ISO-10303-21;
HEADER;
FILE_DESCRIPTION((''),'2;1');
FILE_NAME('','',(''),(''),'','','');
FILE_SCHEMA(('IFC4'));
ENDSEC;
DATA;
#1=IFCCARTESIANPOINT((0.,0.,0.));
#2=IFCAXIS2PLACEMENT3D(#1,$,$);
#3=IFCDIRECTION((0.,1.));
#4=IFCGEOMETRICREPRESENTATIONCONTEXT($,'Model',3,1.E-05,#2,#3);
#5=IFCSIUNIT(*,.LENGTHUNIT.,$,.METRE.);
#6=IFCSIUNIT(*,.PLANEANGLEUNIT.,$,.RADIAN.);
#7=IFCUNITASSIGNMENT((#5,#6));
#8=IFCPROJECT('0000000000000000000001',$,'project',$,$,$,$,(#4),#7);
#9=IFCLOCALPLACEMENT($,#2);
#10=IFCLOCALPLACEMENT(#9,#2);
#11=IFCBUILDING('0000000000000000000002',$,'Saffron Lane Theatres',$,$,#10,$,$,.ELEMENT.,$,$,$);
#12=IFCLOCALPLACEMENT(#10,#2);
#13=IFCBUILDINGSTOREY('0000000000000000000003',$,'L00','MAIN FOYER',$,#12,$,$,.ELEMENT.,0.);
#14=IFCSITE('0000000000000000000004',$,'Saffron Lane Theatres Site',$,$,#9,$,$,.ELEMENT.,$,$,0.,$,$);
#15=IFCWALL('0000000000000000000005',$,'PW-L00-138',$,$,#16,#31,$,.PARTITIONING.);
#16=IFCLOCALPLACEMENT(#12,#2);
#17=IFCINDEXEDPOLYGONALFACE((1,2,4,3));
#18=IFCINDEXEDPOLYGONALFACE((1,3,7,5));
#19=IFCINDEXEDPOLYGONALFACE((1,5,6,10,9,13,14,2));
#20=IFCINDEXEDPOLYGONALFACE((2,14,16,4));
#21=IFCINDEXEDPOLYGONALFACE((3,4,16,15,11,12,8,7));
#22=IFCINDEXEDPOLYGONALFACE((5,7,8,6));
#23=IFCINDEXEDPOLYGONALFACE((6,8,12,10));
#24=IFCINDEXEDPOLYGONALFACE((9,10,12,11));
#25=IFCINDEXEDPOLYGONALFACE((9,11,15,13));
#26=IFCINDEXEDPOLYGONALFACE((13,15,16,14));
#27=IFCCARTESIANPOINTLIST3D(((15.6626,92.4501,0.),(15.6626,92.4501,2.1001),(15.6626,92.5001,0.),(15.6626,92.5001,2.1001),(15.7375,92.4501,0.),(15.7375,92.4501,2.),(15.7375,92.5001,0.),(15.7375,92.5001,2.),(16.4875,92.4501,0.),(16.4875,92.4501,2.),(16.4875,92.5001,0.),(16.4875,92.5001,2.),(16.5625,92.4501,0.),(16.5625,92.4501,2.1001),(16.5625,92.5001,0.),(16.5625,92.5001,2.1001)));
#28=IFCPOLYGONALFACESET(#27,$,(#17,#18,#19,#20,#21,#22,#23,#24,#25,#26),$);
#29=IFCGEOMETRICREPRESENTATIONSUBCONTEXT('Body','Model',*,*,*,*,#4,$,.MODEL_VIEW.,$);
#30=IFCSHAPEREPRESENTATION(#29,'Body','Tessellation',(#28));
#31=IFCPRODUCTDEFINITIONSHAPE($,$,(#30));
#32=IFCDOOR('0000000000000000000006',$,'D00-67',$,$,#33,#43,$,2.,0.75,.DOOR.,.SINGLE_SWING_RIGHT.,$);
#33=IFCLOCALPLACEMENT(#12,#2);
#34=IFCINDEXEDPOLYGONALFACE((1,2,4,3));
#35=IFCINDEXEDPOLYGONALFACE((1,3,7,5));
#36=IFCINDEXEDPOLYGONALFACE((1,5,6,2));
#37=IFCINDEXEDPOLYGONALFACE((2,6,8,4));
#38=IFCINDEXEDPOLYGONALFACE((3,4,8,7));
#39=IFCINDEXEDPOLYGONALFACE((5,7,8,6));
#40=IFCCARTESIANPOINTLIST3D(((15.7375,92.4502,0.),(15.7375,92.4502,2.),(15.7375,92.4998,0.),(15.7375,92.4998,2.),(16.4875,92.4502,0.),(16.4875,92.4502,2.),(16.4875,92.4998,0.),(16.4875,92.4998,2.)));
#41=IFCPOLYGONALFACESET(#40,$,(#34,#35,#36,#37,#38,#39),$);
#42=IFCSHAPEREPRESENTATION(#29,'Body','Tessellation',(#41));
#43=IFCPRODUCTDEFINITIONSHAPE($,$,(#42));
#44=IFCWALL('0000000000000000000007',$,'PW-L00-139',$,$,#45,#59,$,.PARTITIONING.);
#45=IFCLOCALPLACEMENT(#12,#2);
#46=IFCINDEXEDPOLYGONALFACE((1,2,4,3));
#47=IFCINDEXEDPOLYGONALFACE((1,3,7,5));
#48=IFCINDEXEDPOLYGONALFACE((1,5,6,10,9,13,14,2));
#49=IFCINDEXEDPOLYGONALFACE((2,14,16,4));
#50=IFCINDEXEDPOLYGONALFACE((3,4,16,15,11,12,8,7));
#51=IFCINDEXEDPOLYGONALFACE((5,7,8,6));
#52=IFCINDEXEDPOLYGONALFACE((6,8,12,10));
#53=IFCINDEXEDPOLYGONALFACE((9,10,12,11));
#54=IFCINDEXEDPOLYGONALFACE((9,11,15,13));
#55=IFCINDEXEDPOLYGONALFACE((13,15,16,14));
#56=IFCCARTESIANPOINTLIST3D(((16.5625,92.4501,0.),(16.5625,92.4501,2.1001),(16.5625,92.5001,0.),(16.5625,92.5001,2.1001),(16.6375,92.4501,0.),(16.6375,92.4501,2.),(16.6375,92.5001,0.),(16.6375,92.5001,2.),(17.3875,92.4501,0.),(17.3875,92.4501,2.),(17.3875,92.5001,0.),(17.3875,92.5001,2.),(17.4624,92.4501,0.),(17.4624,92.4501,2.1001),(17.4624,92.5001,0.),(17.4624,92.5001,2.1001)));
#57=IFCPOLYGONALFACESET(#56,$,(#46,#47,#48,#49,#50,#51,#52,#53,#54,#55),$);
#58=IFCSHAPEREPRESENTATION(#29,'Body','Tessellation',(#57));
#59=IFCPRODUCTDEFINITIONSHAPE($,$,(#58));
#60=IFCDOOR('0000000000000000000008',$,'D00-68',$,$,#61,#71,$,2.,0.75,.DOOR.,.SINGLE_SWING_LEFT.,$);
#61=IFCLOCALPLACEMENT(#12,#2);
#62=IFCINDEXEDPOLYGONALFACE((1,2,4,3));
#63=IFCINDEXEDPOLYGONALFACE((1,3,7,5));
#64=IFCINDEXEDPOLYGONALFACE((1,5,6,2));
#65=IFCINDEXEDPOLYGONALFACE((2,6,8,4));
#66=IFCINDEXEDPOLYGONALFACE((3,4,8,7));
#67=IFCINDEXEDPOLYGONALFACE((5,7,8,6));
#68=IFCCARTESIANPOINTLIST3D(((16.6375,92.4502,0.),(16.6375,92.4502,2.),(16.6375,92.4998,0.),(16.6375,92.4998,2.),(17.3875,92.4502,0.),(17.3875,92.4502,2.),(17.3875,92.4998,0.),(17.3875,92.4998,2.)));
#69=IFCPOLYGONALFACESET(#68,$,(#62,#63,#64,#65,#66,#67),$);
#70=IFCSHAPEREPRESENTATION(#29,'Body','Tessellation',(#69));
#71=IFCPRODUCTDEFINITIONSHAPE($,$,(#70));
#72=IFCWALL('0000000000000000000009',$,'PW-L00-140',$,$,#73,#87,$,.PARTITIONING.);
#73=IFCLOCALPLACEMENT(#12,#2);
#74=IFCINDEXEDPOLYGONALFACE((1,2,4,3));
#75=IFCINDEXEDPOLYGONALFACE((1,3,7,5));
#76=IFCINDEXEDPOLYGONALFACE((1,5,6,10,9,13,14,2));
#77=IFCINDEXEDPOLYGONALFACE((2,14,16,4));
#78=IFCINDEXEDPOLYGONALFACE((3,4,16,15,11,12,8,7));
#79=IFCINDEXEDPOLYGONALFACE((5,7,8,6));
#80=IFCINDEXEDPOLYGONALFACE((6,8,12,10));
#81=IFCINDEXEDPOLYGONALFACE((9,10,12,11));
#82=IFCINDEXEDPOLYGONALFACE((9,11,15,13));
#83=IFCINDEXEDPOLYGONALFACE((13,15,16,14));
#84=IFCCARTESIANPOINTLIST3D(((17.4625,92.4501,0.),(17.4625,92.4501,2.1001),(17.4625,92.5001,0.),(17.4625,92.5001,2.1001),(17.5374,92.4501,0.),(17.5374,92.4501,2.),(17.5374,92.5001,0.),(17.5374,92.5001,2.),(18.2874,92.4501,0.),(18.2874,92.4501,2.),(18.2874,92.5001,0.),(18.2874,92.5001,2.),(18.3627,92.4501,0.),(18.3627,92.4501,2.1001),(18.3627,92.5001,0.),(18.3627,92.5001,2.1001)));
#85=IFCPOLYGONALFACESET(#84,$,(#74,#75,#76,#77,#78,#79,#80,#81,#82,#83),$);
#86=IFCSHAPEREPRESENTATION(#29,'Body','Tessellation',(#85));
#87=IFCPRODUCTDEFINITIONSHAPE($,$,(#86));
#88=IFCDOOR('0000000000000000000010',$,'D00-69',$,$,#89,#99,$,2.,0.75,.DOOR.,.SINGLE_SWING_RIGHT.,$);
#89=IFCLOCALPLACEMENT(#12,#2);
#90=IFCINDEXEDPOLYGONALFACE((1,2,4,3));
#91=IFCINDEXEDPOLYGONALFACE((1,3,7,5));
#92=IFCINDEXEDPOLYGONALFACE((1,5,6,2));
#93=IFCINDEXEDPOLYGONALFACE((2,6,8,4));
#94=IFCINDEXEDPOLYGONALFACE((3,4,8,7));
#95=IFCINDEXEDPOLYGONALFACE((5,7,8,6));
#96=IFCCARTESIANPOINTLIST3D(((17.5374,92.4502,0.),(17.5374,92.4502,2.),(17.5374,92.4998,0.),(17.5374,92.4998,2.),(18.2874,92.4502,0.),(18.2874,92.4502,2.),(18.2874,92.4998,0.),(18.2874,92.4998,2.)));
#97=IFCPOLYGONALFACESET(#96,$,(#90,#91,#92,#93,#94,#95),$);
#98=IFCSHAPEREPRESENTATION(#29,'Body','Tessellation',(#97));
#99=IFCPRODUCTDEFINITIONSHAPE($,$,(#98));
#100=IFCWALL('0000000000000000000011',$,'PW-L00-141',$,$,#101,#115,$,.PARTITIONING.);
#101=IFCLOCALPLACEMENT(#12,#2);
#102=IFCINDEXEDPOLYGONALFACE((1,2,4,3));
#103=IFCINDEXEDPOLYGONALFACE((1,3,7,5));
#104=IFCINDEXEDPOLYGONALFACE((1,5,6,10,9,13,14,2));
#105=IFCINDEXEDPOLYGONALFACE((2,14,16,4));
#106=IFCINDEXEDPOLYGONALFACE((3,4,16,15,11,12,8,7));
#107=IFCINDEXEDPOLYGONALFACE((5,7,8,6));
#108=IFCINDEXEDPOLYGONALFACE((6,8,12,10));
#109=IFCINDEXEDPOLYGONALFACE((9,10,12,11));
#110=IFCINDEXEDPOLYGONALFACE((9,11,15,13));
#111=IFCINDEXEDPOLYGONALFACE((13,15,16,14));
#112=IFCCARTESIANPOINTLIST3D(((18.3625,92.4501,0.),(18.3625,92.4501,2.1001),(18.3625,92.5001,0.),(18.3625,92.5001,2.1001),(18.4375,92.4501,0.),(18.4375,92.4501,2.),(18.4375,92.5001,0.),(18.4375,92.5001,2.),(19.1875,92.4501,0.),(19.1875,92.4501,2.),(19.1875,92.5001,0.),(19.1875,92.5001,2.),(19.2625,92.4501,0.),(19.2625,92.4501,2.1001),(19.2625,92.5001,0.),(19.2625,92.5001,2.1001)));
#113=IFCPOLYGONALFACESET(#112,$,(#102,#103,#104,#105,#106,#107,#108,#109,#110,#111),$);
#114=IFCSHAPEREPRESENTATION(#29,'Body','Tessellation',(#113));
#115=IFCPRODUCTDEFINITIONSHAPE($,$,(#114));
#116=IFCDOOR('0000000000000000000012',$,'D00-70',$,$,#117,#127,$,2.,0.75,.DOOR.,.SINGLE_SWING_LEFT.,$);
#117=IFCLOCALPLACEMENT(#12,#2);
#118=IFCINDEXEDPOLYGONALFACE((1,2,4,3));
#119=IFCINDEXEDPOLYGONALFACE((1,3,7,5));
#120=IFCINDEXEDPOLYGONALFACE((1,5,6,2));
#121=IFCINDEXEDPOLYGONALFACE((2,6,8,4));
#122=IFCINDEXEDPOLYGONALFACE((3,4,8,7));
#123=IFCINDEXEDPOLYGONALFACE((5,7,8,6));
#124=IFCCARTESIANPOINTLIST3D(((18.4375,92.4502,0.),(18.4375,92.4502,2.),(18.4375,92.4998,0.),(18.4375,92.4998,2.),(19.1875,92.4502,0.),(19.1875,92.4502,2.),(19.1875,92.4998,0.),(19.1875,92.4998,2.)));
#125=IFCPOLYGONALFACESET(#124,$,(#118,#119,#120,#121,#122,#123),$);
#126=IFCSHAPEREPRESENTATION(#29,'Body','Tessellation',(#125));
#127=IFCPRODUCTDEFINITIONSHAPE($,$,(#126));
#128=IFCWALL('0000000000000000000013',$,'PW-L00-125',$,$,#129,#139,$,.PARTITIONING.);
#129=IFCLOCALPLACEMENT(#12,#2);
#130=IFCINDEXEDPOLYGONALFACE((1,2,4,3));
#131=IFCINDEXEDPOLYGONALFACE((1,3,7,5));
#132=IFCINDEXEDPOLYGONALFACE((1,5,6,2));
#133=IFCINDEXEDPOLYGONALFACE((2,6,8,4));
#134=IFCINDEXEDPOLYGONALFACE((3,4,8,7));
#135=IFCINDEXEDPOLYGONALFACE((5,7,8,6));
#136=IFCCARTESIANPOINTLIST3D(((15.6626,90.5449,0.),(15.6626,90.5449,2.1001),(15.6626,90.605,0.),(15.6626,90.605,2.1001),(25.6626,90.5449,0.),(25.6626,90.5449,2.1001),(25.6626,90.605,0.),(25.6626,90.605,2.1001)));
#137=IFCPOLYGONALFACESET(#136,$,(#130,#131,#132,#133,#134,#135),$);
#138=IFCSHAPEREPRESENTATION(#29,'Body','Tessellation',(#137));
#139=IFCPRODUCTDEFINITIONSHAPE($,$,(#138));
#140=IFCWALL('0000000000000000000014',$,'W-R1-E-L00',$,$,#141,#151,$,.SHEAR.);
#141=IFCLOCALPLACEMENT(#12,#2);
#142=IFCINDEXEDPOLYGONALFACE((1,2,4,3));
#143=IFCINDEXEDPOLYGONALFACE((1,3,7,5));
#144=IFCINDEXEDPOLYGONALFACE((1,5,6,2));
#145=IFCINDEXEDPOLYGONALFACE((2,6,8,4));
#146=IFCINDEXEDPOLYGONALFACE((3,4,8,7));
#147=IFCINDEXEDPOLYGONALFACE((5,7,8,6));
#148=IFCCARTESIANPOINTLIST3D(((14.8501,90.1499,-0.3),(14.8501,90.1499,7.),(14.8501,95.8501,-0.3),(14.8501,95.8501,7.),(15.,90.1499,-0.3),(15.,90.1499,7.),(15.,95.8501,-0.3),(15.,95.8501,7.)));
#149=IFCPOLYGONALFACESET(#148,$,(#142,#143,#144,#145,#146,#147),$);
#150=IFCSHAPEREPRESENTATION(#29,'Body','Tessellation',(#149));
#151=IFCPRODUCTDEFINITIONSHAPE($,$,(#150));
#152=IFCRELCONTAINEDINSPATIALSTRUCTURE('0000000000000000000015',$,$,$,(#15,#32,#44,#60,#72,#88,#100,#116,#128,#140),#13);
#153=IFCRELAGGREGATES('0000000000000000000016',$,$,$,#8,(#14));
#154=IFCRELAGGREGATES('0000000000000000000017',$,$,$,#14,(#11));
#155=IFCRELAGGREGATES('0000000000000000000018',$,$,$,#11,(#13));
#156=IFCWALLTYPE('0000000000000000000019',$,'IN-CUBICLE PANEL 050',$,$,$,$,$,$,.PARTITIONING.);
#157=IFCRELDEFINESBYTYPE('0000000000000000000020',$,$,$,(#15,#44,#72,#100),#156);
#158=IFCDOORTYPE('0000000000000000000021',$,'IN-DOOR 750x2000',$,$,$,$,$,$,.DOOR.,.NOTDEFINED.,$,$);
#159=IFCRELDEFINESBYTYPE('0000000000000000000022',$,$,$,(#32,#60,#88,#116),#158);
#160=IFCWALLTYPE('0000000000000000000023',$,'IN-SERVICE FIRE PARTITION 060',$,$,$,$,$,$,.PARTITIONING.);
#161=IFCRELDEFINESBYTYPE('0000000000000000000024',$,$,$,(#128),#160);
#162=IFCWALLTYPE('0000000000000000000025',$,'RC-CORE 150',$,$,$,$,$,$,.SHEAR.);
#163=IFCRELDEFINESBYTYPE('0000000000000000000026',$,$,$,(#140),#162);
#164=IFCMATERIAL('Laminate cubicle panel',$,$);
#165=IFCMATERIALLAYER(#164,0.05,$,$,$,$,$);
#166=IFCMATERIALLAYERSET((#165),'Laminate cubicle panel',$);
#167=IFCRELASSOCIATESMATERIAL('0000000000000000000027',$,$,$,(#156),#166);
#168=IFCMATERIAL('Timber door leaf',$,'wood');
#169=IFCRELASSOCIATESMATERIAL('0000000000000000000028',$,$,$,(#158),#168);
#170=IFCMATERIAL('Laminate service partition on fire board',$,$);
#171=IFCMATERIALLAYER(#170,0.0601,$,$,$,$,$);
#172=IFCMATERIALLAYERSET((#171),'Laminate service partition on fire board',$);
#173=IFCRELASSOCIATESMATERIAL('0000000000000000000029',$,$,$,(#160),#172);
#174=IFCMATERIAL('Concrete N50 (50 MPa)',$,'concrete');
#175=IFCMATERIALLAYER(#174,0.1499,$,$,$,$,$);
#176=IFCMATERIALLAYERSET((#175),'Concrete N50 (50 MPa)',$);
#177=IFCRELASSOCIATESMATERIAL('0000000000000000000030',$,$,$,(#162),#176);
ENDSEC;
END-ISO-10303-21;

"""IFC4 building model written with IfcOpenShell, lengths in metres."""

from ifc_helpers import new_model, si_unit, direction, frame, frame_2d, origin, place, context, subcontext, project, spatial, rectangle, extrude, material, layer, layer_set, type_object, element, fill, save


model = new_model("IFC4")

# Units and contexts
model_context = context("Model", 3, precision=1e-05, world=origin(), true_north=direction((0.0, 1.0)))
body_context = subcontext(model_context, "Body", "Model", "MODEL_VIEW")
ifc_project = project(units=[si_unit("LENGTHUNIT", "METRE"), si_unit("PLANEANGLEUNIT", "RADIAN")], contexts=[model_context])

# Site, building, storey
site_placement = place(None, origin())
site = spatial("IfcSite", under=ifc_project, at=site_placement, Name="Saffron Lane Theatres Site", CompositionType="ELEMENT", RefElevation=0.0)
building_placement = place(site_placement, origin())
building = spatial("IfcBuilding", under=site, at=building_placement, Name="Saffron Lane Theatres", CompositionType="ELEMENT")
storey_placement = place(building_placement, origin())
storey = spatial("IfcBuildingStorey", under=building, at=storey_placement, Name="L00", Description="MAIN FOYER", CompositionType="ELEMENT", Elevation=0.0)

# Shared definitions
ifc_material_1 = material(Name="Laminate cubicle panel")
ifc_layer_1 = layer(ifc_material_1, 0.05)
ifc_layer_set_1 = layer_set([ifc_layer_1], Name="Laminate cubicle panel")
wall_type_1 = type_object("IfcWallType", Name="IN-CUBICLE PANEL 050", PredefinedType="PARTITIONING", material=ifc_layer_set_1)

# Walls, openings, doors
wall_1_placement = place(storey_placement, frame((15.6626, 92.4751, 0.0), z_axis=(0.0, 0.0, 1.0), x_axis=(1.0, 0.0, 0.0)))
wall_1 = element("IfcWall", 1, at=wall_1_placement, inside=storey, type_object=wall_type_1, Name="PW-L00-138", PredefinedType="PARTITIONING", context=body_context, shape_type="SweptSolid", body=[
    extrude(rectangle(XDim=0.8999, YDim=0.05, at=frame_2d((0.45, 0.0))), origin(), (0.0, 0.0, 1.0), 2.1001),
])
opening_1_placement = place(wall_1_placement, frame((0.075, 0.0, 0.0)))
opening_1 = element("IfcOpeningElement", 2, at=opening_1_placement, cuts=wall_1, PredefinedType="OPENING", context=body_context, shape_type="SweptSolid", body=[
    extrude(rectangle(XDim=0.75, YDim=2.0, at=frame_2d((0.375, 1.0))), frame((0.0, 0.0352, 0.0), z_axis=(0.0, -1.0, 0.0), x_axis=(1.0, 0.0, 0.0)), (0.0, 0.0, 1.0), 0.0701),
])
ifc_material_2 = material(Name="Timber door leaf", Category="wood")
door_type_1 = type_object("IfcDoorType", Name="IN-DOOR 750x2000", OperationType="NOTDEFINED", PredefinedType="DOOR", material=ifc_material_2)
door_1_placement = place(opening_1_placement, frame((0.75, 0.0, 0.0), z_axis=(0.0, 0.0, 1.0), x_axis=(-1.0, 0.0, 0.0)))
door_1 = element("IfcDoor", 3, at=door_1_placement, inside=storey, type_object=door_type_1, Name="D00-67", OperationType="SINGLE_SWING_RIGHT", OverallHeight=2.0, OverallWidth=0.75, PredefinedType="DOOR", context=body_context, shape_type="SweptSolid", body=[
    extrude(rectangle(XDim=0.75, YDim=2.0, at=frame_2d((0.375, 1.0))), frame((0.0, 0.0249, 0.0), z_axis=(0.0, -1.0, 0.0), x_axis=(1.0, 0.0, 0.0)), (0.0, 0.0, 1.0), 0.0496),
])
fill(opening_1, door_1)
wall_2_placement = place(storey_placement, frame((16.5625, 92.4751, 0.0), z_axis=(0.0, 0.0, 1.0), x_axis=(1.0, 0.0, 0.0)))
wall_2 = element("IfcWall", 4, at=wall_2_placement, inside=storey, type_object=wall_type_1, Name="PW-L00-139", PredefinedType="PARTITIONING", context=body_context, shape_type="SweptSolid", body=[
    extrude(rectangle(XDim=0.8999, YDim=0.05, at=frame_2d((0.45, 0.0))), origin(), (0.0, 0.0, 1.0), 2.1001),
])
opening_2_placement = place(wall_2_placement, frame((0.075, 0.0, 0.0)))
opening_2 = element("IfcOpeningElement", 5, at=opening_2_placement, cuts=wall_2, PredefinedType="OPENING", context=body_context, shape_type="SweptSolid", body=[
    extrude(rectangle(XDim=0.75, YDim=2.0, at=frame_2d((0.375, 1.0))), frame((0.0, 0.0352, 0.0), z_axis=(0.0, -1.0, 0.0), x_axis=(1.0, 0.0, 0.0)), (0.0, 0.0, 1.0), 0.0701),
])
door_2_placement = place(opening_2_placement, frame((0.75, 0.0, 0.0), z_axis=(0.0, 0.0, 1.0), x_axis=(-1.0, 0.0, 0.0)))
door_2 = element("IfcDoor", 6, at=door_2_placement, inside=storey, type_object=door_type_1, Name="D00-68", OperationType="SINGLE_SWING_LEFT", OverallHeight=2.0, OverallWidth=0.75, PredefinedType="DOOR", context=body_context, shape_type="SweptSolid", body=[
    extrude(rectangle(XDim=0.75, YDim=2.0, at=frame_2d((0.375, 1.0))), frame((0.0, 0.0249, 0.0), z_axis=(0.0, -1.0, 0.0), x_axis=(1.0, 0.0, 0.0)), (0.0, 0.0, 1.0), 0.0496),
])
fill(opening_2, door_2)
wall_3_placement = place(storey_placement, frame((17.4624, 92.4751, 0.0), z_axis=(0.0, 0.0, 1.0), x_axis=(1.0, 0.0, 0.0)))
wall_3 = element("IfcWall", 7, at=wall_3_placement, inside=storey, type_object=wall_type_1, Name="PW-L00-140", PredefinedType="PARTITIONING", context=body_context, shape_type="SweptSolid", body=[
    extrude(rectangle(XDim=0.9001, YDim=0.05, at=frame_2d((0.4502, 0.0))), origin(), (0.0, 0.0, 1.0), 2.1001),
])
opening_3_placement = place(wall_3_placement, frame((0.075, 0.0, 0.0)))
opening_3 = element("IfcOpeningElement", 8, at=opening_3_placement, cuts=wall_3, PredefinedType="OPENING", context=body_context, shape_type="SweptSolid", body=[
    extrude(rectangle(XDim=0.75, YDim=2.0, at=frame_2d((0.375, 1.0))), frame((0.0, 0.0352, 0.0), z_axis=(0.0, -1.0, 0.0), x_axis=(1.0, 0.0, 0.0)), (0.0, 0.0, 1.0), 0.0701),
])
door_3_placement = place(opening_3_placement, frame((0.75, 0.0, 0.0), z_axis=(0.0, 0.0, 1.0), x_axis=(-1.0, 0.0, 0.0)))
door_3 = element("IfcDoor", 9, at=door_3_placement, inside=storey, type_object=door_type_1, Name="D00-69", OperationType="SINGLE_SWING_RIGHT", OverallHeight=2.0, OverallWidth=0.75, PredefinedType="DOOR", context=body_context, shape_type="SweptSolid", body=[
    extrude(rectangle(XDim=0.75, YDim=2.0, at=frame_2d((0.375, 1.0))), frame((0.0, 0.0249, 0.0), z_axis=(0.0, -1.0, 0.0), x_axis=(1.0, 0.0, 0.0)), (0.0, 0.0, 1.0), 0.0496),
])
fill(opening_3, door_3)
wall_4_placement = place(storey_placement, frame((18.3625, 92.4751, 0.0), z_axis=(0.0, 0.0, 1.0), x_axis=(1.0, 0.0, 0.0)))
wall_4 = element("IfcWall", 10, at=wall_4_placement, inside=storey, type_object=wall_type_1, Name="PW-L00-141", PredefinedType="PARTITIONING", context=body_context, shape_type="SweptSolid", body=[
    extrude(rectangle(XDim=0.8999, YDim=0.05, at=frame_2d((0.45, 0.0))), origin(), (0.0, 0.0, 1.0), 2.1001),
])
opening_4_placement = place(wall_4_placement, frame((0.075, 0.0, 0.0)))
opening_4 = element("IfcOpeningElement", 11, at=opening_4_placement, cuts=wall_4, PredefinedType="OPENING", context=body_context, shape_type="SweptSolid", body=[
    extrude(rectangle(XDim=0.75, YDim=2.0, at=frame_2d((0.375, 1.0))), frame((0.0, 0.0352, 0.0), z_axis=(0.0, -1.0, 0.0), x_axis=(1.0, 0.0, 0.0)), (0.0, 0.0, 1.0), 0.0701),
])
door_4_placement = place(opening_4_placement, frame((0.75, 0.0, 0.0), z_axis=(0.0, 0.0, 1.0), x_axis=(-1.0, 0.0, 0.0)))
door_4 = element("IfcDoor", 12, at=door_4_placement, inside=storey, type_object=door_type_1, Name="D00-70", OperationType="SINGLE_SWING_LEFT", OverallHeight=2.0, OverallWidth=0.75, PredefinedType="DOOR", context=body_context, shape_type="SweptSolid", body=[
    extrude(rectangle(XDim=0.75, YDim=2.0, at=frame_2d((0.375, 1.0))), frame((0.0, 0.0249, 0.0), z_axis=(0.0, -1.0, 0.0), x_axis=(1.0, 0.0, 0.0)), (0.0, 0.0, 1.0), 0.0496),
])
fill(opening_4, door_4)

# Walls
ifc_material_3 = material(Name="Laminate service partition on fire board")
ifc_layer_2 = layer(ifc_material_3, 0.0601)
ifc_layer_set_2 = layer_set([ifc_layer_2], Name="Laminate service partition on fire board")
wall_type_2 = type_object("IfcWallType", Name="IN-SERVICE FIRE PARTITION 060", PredefinedType="PARTITIONING", material=ifc_layer_set_2)
wall_5_placement = place(storey_placement, frame((15.6626, 90.575, 0.0), z_axis=(0.0, 0.0, 1.0), x_axis=(1.0, 0.0, 0.0)))
element("IfcWall", 13, at=wall_5_placement, inside=storey, type_object=wall_type_2, Name="PW-L00-125", PredefinedType="PARTITIONING", context=body_context, shape_type="SweptSolid", body=[
    extrude(rectangle(XDim=10.0, YDim=0.0601, at=frame_2d((5.0, 0.0))), origin(), (0.0, 0.0, 1.0), 2.1001),
])
ifc_material_4 = material(Name="Concrete N50 (50 MPa)", Category="concrete")
ifc_layer_3 = layer(ifc_material_4, 0.1499)
ifc_layer_set_3 = layer_set([ifc_layer_3], Name="Concrete N50 (50 MPa)")
wall_type_3 = type_object("IfcWallType", Name="RC-CORE 150", PredefinedType="SHEAR", material=ifc_layer_set_3)
wall_6_placement = place(storey_placement, frame((14.925, 90.1499, -0.3), z_axis=(0.0, 0.0, 1.0), x_axis=(0.0, 1.0, 0.0)))
element("IfcWall", 14, at=wall_6_placement, inside=storey, type_object=wall_type_3, Name="W-R1-E-L00", PredefinedType="SHEAR", context=body_context, shape_type="SweptSolid", body=[
    extrude(rectangle(XDim=5.7002, YDim=0.1499, at=frame_2d((2.8501, 0.0))), origin(), (0.0, 0.0, 1.0), 7.3),
])

save(model, "model.ifc")
